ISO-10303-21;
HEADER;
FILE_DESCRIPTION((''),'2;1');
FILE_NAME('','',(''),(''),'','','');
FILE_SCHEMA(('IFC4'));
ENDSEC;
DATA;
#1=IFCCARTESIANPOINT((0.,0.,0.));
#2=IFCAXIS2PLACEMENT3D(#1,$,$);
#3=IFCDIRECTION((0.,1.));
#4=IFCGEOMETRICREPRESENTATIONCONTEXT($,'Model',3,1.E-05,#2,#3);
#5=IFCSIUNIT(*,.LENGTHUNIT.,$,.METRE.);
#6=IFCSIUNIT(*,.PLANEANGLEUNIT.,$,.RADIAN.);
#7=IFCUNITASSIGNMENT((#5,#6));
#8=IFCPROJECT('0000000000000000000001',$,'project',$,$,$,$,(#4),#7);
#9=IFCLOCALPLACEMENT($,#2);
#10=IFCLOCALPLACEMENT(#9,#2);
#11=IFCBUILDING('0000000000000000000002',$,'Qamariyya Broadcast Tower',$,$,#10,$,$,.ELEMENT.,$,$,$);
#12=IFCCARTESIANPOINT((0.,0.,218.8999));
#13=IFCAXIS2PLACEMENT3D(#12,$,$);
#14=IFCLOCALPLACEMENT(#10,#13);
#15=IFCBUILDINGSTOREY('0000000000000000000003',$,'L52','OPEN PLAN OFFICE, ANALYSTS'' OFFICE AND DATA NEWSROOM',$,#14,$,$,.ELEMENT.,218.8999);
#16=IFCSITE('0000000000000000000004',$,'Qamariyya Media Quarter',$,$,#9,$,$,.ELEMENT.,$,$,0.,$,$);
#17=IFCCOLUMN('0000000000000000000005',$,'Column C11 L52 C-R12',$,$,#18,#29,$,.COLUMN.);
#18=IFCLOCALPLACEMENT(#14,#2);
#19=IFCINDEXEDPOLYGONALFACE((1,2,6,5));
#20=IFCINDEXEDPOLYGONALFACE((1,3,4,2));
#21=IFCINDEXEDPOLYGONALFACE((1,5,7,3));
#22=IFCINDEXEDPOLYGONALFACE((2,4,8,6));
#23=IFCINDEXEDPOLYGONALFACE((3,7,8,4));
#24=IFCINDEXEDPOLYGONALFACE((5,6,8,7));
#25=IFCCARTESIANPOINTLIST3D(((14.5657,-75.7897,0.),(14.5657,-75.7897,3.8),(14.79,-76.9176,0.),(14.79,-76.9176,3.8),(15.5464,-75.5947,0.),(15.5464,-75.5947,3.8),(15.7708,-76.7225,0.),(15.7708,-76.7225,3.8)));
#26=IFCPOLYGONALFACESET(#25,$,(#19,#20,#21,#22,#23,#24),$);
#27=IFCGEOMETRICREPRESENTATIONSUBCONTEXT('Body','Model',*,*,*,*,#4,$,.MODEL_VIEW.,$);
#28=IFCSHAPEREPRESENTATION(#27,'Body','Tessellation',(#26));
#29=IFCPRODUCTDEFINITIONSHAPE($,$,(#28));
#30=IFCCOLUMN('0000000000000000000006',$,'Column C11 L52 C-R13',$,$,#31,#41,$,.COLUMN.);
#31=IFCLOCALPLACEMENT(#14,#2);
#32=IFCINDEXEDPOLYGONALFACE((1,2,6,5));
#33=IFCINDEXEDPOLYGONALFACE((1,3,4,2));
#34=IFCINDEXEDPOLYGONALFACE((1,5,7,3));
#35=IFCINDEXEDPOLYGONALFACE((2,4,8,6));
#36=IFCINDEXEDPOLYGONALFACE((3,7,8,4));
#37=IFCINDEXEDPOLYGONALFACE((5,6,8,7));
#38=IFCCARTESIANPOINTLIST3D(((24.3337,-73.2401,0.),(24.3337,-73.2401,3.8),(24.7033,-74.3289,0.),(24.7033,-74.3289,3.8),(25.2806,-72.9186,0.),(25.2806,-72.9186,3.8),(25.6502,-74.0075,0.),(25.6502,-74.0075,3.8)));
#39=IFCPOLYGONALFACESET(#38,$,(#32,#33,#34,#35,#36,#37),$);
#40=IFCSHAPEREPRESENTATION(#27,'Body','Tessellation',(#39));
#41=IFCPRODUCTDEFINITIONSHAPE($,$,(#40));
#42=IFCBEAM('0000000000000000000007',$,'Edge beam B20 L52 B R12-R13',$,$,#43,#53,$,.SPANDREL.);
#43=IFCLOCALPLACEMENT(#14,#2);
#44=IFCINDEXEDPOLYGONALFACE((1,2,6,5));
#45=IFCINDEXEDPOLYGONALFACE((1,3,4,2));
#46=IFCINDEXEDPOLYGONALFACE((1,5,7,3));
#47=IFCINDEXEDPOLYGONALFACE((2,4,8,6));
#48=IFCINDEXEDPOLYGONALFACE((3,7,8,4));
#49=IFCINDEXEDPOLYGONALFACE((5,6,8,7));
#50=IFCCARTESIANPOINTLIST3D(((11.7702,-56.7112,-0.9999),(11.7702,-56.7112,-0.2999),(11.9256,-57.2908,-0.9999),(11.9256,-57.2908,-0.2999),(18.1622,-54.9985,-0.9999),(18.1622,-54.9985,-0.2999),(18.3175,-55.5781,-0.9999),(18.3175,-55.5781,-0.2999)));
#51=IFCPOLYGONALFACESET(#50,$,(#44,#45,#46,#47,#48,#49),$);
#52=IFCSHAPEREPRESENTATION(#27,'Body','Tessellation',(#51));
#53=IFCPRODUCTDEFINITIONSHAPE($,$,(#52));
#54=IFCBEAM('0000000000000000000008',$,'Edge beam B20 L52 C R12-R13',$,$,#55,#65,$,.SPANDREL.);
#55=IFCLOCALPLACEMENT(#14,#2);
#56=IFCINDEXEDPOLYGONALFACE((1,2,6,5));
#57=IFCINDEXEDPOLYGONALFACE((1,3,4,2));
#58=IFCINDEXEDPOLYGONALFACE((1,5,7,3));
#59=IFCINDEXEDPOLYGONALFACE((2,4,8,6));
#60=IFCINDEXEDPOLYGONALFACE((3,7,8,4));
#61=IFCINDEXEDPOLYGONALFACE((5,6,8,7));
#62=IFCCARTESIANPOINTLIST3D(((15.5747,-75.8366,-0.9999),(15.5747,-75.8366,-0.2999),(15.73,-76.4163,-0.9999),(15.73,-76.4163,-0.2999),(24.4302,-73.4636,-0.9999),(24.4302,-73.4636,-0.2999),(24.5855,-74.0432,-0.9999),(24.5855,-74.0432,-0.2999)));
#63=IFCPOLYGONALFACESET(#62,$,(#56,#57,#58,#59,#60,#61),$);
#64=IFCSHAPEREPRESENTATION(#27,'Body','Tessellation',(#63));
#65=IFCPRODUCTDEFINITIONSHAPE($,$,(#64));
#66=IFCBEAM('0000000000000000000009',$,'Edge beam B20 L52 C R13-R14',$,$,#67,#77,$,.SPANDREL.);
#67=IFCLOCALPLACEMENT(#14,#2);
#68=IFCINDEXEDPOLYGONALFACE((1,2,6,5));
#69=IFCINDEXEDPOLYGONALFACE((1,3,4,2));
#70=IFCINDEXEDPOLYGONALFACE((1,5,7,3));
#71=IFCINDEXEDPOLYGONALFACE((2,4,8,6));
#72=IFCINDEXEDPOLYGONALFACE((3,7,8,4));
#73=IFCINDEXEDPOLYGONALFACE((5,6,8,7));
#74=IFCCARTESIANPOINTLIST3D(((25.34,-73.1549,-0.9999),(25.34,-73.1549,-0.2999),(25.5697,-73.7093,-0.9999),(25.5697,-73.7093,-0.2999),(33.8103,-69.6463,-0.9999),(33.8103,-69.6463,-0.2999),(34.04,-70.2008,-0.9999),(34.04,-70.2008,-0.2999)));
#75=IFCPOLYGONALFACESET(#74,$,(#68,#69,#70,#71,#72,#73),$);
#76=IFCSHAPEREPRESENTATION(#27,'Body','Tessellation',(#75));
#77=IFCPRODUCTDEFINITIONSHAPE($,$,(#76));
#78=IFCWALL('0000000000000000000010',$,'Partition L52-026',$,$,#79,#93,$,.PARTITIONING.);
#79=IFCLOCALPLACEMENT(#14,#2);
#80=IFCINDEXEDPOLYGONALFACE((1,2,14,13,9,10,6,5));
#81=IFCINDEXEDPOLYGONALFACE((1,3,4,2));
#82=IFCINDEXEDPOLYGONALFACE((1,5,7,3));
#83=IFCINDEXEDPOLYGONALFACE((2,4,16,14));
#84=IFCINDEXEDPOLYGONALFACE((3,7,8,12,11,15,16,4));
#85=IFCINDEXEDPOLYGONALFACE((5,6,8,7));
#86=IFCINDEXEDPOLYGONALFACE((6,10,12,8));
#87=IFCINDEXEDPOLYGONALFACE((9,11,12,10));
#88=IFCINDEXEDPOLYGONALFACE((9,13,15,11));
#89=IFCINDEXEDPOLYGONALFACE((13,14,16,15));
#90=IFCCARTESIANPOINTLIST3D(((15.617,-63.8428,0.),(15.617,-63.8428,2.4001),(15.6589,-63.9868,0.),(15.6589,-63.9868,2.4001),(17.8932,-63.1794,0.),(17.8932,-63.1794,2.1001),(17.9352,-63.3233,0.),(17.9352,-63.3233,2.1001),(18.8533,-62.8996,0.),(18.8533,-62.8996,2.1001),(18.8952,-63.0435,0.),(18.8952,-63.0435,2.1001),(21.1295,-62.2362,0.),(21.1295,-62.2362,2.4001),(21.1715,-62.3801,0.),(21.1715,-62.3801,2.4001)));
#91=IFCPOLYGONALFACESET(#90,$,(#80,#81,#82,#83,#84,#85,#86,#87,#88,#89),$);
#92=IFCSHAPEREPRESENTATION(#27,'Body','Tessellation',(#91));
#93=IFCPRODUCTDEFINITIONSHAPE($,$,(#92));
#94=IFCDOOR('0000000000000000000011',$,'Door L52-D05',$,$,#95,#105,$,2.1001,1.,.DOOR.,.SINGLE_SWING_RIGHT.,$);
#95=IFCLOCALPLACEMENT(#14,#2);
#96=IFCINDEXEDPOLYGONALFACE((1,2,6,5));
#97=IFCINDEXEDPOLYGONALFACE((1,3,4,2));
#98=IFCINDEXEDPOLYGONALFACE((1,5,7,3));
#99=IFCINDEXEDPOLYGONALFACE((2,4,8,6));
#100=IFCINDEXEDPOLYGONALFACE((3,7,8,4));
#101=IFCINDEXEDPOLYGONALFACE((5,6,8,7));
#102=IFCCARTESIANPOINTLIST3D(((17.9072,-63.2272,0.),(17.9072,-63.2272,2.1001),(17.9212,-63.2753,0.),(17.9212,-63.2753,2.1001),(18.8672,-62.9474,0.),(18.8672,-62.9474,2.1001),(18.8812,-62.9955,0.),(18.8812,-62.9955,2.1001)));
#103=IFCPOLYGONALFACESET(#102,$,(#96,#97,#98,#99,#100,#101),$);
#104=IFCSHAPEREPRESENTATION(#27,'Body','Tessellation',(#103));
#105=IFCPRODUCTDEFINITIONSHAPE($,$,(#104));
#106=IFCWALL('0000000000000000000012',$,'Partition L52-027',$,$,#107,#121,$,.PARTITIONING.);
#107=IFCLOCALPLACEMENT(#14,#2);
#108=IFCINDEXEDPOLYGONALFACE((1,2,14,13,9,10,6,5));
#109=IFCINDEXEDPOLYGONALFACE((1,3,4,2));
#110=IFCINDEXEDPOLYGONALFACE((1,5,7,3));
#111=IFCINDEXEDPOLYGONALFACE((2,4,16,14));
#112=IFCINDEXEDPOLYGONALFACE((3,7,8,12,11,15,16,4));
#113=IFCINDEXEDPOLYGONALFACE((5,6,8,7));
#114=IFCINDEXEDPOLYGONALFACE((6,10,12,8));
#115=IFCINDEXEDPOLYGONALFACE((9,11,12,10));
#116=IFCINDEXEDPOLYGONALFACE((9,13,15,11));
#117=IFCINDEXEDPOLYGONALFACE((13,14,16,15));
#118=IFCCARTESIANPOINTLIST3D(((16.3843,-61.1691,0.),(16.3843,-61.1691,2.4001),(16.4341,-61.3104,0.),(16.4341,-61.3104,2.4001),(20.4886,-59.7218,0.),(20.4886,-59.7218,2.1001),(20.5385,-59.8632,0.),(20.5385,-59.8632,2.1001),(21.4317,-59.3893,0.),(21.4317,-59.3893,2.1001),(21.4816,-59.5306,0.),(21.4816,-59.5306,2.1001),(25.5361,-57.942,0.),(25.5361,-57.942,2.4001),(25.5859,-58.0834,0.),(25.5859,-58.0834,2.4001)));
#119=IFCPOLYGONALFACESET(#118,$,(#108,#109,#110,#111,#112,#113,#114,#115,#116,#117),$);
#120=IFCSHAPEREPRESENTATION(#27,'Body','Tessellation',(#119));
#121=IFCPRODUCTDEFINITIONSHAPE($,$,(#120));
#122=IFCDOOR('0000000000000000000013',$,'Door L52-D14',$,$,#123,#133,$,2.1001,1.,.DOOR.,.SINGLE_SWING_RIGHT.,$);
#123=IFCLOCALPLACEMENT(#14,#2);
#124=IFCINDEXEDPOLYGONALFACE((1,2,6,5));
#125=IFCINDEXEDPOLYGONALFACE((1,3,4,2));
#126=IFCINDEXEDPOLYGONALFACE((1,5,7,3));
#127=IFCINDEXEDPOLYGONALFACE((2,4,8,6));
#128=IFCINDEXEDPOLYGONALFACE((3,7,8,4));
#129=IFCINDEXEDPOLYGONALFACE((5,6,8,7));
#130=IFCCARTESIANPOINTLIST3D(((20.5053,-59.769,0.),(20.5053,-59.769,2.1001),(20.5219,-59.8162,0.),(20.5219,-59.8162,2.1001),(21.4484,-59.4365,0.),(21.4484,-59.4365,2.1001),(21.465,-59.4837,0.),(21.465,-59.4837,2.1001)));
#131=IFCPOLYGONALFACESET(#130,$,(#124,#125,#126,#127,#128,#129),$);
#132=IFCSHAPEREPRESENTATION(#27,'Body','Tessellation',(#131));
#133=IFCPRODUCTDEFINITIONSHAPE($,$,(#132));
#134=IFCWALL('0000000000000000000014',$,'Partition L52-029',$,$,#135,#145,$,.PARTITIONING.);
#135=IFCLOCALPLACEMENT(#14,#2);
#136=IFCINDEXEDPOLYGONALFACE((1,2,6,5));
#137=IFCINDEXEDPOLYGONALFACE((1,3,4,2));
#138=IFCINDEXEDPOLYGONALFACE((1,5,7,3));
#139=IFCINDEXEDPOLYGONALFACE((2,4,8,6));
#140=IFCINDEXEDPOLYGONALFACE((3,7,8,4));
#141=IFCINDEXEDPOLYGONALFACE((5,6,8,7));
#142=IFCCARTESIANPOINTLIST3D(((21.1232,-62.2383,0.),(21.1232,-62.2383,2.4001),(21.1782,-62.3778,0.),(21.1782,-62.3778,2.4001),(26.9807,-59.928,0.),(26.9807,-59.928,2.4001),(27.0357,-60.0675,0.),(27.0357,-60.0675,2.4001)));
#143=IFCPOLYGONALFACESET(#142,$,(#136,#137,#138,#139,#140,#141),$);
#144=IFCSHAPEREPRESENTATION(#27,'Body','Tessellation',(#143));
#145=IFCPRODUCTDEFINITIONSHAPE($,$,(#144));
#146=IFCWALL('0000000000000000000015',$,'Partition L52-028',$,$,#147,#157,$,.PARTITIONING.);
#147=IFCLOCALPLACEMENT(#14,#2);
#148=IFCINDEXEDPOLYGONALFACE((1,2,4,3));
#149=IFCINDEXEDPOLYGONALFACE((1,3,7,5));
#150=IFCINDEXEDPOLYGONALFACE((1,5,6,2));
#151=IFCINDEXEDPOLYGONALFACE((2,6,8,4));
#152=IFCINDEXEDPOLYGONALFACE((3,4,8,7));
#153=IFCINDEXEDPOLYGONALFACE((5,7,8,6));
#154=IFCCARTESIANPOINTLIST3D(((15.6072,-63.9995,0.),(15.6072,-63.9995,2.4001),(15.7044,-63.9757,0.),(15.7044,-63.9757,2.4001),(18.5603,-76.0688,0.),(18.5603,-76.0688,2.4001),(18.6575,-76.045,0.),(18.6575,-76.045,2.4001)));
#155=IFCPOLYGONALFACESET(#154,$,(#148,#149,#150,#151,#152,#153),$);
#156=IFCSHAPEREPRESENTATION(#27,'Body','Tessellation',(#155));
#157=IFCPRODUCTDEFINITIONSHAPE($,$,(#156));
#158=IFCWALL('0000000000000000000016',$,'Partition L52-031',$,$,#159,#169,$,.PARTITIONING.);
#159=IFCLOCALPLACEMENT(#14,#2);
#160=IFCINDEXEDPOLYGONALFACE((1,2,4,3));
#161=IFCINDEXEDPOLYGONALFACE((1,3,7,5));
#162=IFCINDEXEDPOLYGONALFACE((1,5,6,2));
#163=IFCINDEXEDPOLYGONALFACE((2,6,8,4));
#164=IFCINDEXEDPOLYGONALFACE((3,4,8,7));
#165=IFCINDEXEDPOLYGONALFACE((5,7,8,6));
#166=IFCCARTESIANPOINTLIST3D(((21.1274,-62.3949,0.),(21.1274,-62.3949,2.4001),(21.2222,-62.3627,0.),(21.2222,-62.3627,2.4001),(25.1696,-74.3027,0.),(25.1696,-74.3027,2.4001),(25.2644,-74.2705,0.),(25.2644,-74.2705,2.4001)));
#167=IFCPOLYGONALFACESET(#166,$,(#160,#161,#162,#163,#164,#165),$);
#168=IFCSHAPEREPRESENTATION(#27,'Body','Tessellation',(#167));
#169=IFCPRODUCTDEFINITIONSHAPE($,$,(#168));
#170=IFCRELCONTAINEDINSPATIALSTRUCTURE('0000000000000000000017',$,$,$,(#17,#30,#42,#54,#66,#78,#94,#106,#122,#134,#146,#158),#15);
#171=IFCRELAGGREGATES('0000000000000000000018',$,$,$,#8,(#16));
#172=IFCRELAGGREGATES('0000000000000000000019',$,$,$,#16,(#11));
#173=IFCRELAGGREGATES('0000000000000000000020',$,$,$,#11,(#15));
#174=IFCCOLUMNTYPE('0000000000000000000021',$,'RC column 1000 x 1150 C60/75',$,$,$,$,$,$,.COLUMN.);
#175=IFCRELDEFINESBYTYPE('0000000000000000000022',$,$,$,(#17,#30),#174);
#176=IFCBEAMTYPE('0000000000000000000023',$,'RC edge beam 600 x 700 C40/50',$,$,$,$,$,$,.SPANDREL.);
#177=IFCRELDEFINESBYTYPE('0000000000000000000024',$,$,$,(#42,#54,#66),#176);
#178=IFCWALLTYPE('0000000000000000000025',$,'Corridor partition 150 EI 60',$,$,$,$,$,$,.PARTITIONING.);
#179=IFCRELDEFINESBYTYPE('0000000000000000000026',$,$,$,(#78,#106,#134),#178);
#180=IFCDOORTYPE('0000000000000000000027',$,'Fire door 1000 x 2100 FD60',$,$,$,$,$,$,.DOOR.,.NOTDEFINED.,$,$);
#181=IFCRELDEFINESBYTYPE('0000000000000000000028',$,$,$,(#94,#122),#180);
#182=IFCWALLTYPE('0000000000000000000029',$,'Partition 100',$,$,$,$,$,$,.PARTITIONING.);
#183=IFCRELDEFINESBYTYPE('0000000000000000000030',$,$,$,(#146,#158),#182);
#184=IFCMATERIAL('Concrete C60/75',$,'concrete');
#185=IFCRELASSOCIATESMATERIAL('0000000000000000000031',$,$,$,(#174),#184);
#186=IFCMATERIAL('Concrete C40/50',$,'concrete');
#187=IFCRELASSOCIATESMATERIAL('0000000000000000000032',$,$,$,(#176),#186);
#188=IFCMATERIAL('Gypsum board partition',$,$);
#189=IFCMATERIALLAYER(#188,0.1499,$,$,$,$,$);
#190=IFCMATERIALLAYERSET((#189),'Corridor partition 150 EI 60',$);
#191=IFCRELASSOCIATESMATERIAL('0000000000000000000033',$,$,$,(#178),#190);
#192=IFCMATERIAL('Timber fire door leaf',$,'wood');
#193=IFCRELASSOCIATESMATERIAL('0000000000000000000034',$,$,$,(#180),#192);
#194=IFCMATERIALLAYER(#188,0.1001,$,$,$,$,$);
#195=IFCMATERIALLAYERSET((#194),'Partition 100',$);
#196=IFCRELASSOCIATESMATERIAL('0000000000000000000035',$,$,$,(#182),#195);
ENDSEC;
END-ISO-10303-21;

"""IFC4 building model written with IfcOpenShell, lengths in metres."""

from ifc_helpers import new_model, si_unit, direction, frame, frame_2d, origin, origin_2d, place, context, subcontext, project, spatial, rectangle, extrude, material, layer, layer_set, material_profile, profile_set, type_object, element, fill, save


model = new_model("IFC4")

# Units and contexts
model_context = context("Model", 3, precision=1e-05, world=origin(), true_north=direction((0.0, 1.0)))
body_context = subcontext(model_context, "Body", "Model", "MODEL_VIEW")
ifc_project = project(units=[si_unit("LENGTHUNIT", "METRE"), si_unit("PLANEANGLEUNIT", "RADIAN")], contexts=[model_context])

# Site, building, storey
site_placement = place(None, origin())
site = spatial("IfcSite", under=ifc_project, at=site_placement, Name="Qamariyya Media Quarter", CompositionType="ELEMENT", RefElevation=0.0)
building_placement = place(site_placement, origin())
building = spatial("IfcBuilding", under=site, at=building_placement, Name="Qamariyya Broadcast Tower", CompositionType="ELEMENT")
storey_placement = place(building_placement, frame((0.0, 0.0, 218.8999)))
storey = spatial("IfcBuildingStorey", under=building, at=storey_placement, Name="L52", Description="OPEN PLAN OFFICE, ANALYSTS' OFFICE AND DATA NEWSROOM", CompositionType="ELEMENT", Elevation=218.8999)

# Columns
ifc_material_1 = material(Name="Concrete C60/75", Category="concrete")
ifc_material_profile_1 = material_profile(ifc_material_1, rectangle(XDim=1.0, YDim=1.1499, at=origin_2d()))
ifc_profile_set_1 = profile_set([ifc_material_profile_1], Name="Concrete C60/75")
column_type = type_object("IfcColumnType", Name="RC column 1000 x 1150 C60/75", PredefinedType="COLUMN", material=ifc_profile_set_1)
for number, where, z_axis, x_axis, name in (
    (1, (15.1682, -76.2561, 0.0), (0.0, 0.0, 1.0), (0.980785, 0.19509, 0.0), "Column C11 L52 C-R12"),
    (2, (24.9919, -73.6238, 0.0), (0.0, 0.0, 1.0), (0.94693, 0.321439, 0.0), "Column C11 L52 C-R13"),
):
    element("IfcColumn", number, at=place(storey_placement, frame(where, z_axis=z_axis, x_axis=x_axis)), inside=storey, type_object=column_type, Name=name, PredefinedType="COLUMN", context=body_context, shape_type="SweptSolid", body=[
        extrude(rectangle(XDim=1.0, YDim=1.1499, at=origin_2d()), origin(), (0.0, 0.0, 1.0), 3.8),
    ])

# Beams
ifc_material_2 = material(Name="Concrete C40/50", Category="concrete")
ifc_material_profile_2 = material_profile(ifc_material_2, rectangle(XDim=0.6001, YDim=0.7, at=origin_2d()))
ifc_profile_set_2 = profile_set([ifc_material_profile_2], Name="Concrete C40/50")
beam_type = type_object("IfcBeamType", Name="RC edge beam 600 x 700 C40/50", PredefinedType="SPANDREL", material=ifc_profile_set_2)
beam_1_placement = place(storey_placement, frame((11.8479, -57.001, -0.6499), z_axis=(0.965927, 0.258813, 0.0), x_axis=(-0.258813, 0.965927, 0.0)))
element("IfcBeam", 3, at=beam_1_placement, inside=storey, type_object=beam_type, Name="Edge beam B20 L52 B R12-R13", PredefinedType="SPANDREL", context=body_context, shape_type="SweptSolid", body=[
    extrude(rectangle(XDim=0.6001, YDim=0.7, at=origin_2d()), origin(), (0.0, 0.0, 1.0), 6.6174),
])
beam_2_placement = place(storey_placement, frame((15.6523, -76.1265, -0.6499), z_axis=(0.96592, 0.258843, 0.0), x_axis=(-0.258843, 0.96592, 0.0)))
element("IfcBeam", 4, at=beam_2_placement, inside=storey, type_object=beam_type, Name="Edge beam B20 L52 C R12-R13", PredefinedType="SPANDREL", context=body_context, shape_type="SweptSolid", body=[
    extrude(rectangle(XDim=0.6001, YDim=0.7, at=origin_2d()), origin(), (0.0, 0.0, 1.0), 9.168),
])
beam_3_placement = place(storey_placement, frame((25.4548, -73.4321, -0.6499), z_axis=(0.923877, 0.38269, 0.0), x_axis=(-0.38269, 0.923877, 0.0)))
element("IfcBeam", 5, at=beam_3_placement, inside=storey, type_object=beam_type, Name="Edge beam B20 L52 C R13-R14", PredefinedType="SPANDREL", context=body_context, shape_type="SweptSolid", body=[
    extrude(rectangle(XDim=0.6001, YDim=0.7, at=origin_2d()), origin(), (0.0, 0.0, 1.0), 9.1682),
])

# Walls, openings, doors
ifc_material_3 = material(Name="Gypsum board partition")
ifc_layer_1 = layer(ifc_material_3, 0.1499)
ifc_layer_set_1 = layer_set([ifc_layer_1], Name="Corridor partition 150 EI 60")
wall_type_1 = type_object("IfcWallType", Name="Corridor partition 150 EI 60", PredefinedType="PARTITIONING", material=ifc_layer_set_1)
wall_1_placement = place(storey_placement, frame((21.1506, -62.3081, 0.0), z_axis=(0.0, 0.0, 1.0), x_axis=(-0.960055, -0.279811, 0.0)))
wall_1 = element("IfcWall", 6, at=wall_1_placement, inside=storey, type_object=wall_type_1, Name="Partition L52-026", PredefinedType="PARTITIONING", context=body_context, shape_type="SweptSolid", body=[
    extrude(rectangle(XDim=5.7419, YDim=0.1499, at=frame_2d((2.8711, 0.0))), origin(), (0.0, 0.0, 1.0), 2.4001),
])
opening_1_placement = place(wall_1_placement, frame((2.3711, 0.0, 0.0)))
opening_1 = element("IfcOpeningElement", 7, at=opening_1_placement, cuts=wall_1, PredefinedType="OPENING", context=body_context, shape_type="SweptSolid", body=[
    extrude(rectangle(XDim=1.0, YDim=2.1001, at=frame_2d((0.5, 1.05))), frame((0.0, 0.085, 0.0), z_axis=(0.0, -1.0, 0.0), x_axis=(1.0, 0.0, 0.0)), (0.0, 0.0, 1.0), 0.1699),
])
ifc_material_4 = material(Name="Timber fire door leaf", Category="wood")
door_type = type_object("IfcDoorType", Name="Fire door 1000 x 2100 FD60", OperationType="NOTDEFINED", PredefinedType="DOOR", material=ifc_material_4)
door_1_placement = place(opening_1_placement, origin())
door_1 = element("IfcDoor", 8, at=door_1_placement, inside=storey, type_object=door_type, Name="Door L52-D05", OperationType="SINGLE_SWING_RIGHT", OverallHeight=2.1001, OverallWidth=1.0, PredefinedType="DOOR", context=body_context, shape_type="SweptSolid", body=[
    extrude(rectangle(XDim=1.0, YDim=2.1001, at=frame_2d((0.5, 1.05))), frame((0.0, 0.0249, 0.0), z_axis=(0.0, -1.0, 0.0), x_axis=(1.0, 0.0, 0.0)), (0.0, 0.0, 1.0), 0.05),
])
fill(opening_1, door_1)
wall_2_placement = place(storey_placement, frame((16.4092, -61.2397, 0.0), z_axis=(0.0, 0.0, 1.0), x_axis=(0.943088, 0.332544, 0.0)))
wall_2 = element("IfcWall", 9, at=wall_2_placement, inside=storey, type_object=wall_type_1, Name="Partition L52-027", PredefinedType="PARTITIONING", context=body_context, shape_type="SweptSolid", body=[
    extrude(rectangle(XDim=9.7041, YDim=0.1499, at=frame_2d((4.8521, 0.0))), origin(), (0.0, 0.0, 1.0), 2.4001),
])
opening_2_placement = place(wall_2_placement, frame((4.3521, 0.0, 0.0)))
opening_2 = element("IfcOpeningElement", 10, at=opening_2_placement, cuts=wall_2, PredefinedType="OPENING", context=body_context, shape_type="SweptSolid", body=[
    extrude(rectangle(XDim=1.0, YDim=2.1001, at=frame_2d((0.5, 1.05))), frame((0.0, 0.085, 0.0), z_axis=(0.0, -1.0, 0.0), x_axis=(1.0, 0.0, 0.0)), (0.0, 0.0, 1.0), 0.1699),
])
door_2_placement = place(opening_2_placement, origin())
door_2 = element("IfcDoor", 11, at=door_2_placement, inside=storey, type_object=door_type, Name="Door L52-D14", OperationType="SINGLE_SWING_RIGHT", OverallHeight=2.1001, OverallWidth=1.0, PredefinedType="DOOR", context=body_context, shape_type="SweptSolid", body=[
    extrude(rectangle(XDim=1.0, YDim=2.1001, at=frame_2d((0.5, 1.05))), frame((0.0, 0.0249, 0.0), z_axis=(0.0, -1.0, 0.0), x_axis=(1.0, 0.0, 0.0)), (0.0, 0.0, 1.0), 0.05),
])
fill(opening_2, door_2)

# Walls
wall_3_placement = place(storey_placement, frame((21.1506, -62.3081, 0.0), z_axis=(0.0, 0.0, 1.0), x_axis=(0.930255, 0.366914, 0.0)))
element("IfcWall", 12, at=wall_3_placement, inside=storey, type_object=wall_type_1, Name="Partition L52-029", PredefinedType="PARTITIONING", context=body_context, shape_type="SweptSolid", body=[
    extrude(rectangle(XDim=6.2966, YDim=0.1499, at=frame_2d((3.1484, 0.0))), origin(), (0.0, 0.0, 1.0), 2.4001),
])
ifc_layer_2 = layer(ifc_material_3, 0.1001)
ifc_layer_set_2 = layer_set([ifc_layer_2], Name="Partition 100")
wall_type_2 = type_object("IfcWallType", Name="Partition 100", PredefinedType="PARTITIONING", material=ifc_layer_set_2)
wall_4_placement = place(storey_placement, frame((18.6089, -76.0569, 0.0), z_axis=(0.0, 0.0, 1.0), x_axis=(-0.237669, 0.971346, 0.0)))
element("IfcWall", 13, at=wall_4_placement, inside=storey, type_object=wall_type_2, Name="Partition L52-028", PredefinedType="PARTITIONING", context=body_context, shape_type="SweptSolid", body=[
    extrude(rectangle(XDim=12.4253, YDim=0.1001, at=frame_2d((6.2126, 0.0))), origin(), (0.0, 0.0, 1.0), 2.4001),
])
wall_5_placement = place(storey_placement, frame((25.217, -74.2866, 0.0), z_axis=(0.0, 0.0, 1.0), x_axis=(-0.321447, 0.946927, 0.0)))
element("IfcWall", 14, at=wall_5_placement, inside=storey, type_object=wall_type_2, Name="Partition L52-031", PredefinedType="PARTITIONING", context=body_context, shape_type="SweptSolid", body=[
    extrude(rectangle(XDim=12.5752, YDim=0.1001, at=frame_2d((6.2876, 0.0))), origin(), (0.0, 0.0, 1.0), 2.4001),
])

save(model, "model.ifc")
